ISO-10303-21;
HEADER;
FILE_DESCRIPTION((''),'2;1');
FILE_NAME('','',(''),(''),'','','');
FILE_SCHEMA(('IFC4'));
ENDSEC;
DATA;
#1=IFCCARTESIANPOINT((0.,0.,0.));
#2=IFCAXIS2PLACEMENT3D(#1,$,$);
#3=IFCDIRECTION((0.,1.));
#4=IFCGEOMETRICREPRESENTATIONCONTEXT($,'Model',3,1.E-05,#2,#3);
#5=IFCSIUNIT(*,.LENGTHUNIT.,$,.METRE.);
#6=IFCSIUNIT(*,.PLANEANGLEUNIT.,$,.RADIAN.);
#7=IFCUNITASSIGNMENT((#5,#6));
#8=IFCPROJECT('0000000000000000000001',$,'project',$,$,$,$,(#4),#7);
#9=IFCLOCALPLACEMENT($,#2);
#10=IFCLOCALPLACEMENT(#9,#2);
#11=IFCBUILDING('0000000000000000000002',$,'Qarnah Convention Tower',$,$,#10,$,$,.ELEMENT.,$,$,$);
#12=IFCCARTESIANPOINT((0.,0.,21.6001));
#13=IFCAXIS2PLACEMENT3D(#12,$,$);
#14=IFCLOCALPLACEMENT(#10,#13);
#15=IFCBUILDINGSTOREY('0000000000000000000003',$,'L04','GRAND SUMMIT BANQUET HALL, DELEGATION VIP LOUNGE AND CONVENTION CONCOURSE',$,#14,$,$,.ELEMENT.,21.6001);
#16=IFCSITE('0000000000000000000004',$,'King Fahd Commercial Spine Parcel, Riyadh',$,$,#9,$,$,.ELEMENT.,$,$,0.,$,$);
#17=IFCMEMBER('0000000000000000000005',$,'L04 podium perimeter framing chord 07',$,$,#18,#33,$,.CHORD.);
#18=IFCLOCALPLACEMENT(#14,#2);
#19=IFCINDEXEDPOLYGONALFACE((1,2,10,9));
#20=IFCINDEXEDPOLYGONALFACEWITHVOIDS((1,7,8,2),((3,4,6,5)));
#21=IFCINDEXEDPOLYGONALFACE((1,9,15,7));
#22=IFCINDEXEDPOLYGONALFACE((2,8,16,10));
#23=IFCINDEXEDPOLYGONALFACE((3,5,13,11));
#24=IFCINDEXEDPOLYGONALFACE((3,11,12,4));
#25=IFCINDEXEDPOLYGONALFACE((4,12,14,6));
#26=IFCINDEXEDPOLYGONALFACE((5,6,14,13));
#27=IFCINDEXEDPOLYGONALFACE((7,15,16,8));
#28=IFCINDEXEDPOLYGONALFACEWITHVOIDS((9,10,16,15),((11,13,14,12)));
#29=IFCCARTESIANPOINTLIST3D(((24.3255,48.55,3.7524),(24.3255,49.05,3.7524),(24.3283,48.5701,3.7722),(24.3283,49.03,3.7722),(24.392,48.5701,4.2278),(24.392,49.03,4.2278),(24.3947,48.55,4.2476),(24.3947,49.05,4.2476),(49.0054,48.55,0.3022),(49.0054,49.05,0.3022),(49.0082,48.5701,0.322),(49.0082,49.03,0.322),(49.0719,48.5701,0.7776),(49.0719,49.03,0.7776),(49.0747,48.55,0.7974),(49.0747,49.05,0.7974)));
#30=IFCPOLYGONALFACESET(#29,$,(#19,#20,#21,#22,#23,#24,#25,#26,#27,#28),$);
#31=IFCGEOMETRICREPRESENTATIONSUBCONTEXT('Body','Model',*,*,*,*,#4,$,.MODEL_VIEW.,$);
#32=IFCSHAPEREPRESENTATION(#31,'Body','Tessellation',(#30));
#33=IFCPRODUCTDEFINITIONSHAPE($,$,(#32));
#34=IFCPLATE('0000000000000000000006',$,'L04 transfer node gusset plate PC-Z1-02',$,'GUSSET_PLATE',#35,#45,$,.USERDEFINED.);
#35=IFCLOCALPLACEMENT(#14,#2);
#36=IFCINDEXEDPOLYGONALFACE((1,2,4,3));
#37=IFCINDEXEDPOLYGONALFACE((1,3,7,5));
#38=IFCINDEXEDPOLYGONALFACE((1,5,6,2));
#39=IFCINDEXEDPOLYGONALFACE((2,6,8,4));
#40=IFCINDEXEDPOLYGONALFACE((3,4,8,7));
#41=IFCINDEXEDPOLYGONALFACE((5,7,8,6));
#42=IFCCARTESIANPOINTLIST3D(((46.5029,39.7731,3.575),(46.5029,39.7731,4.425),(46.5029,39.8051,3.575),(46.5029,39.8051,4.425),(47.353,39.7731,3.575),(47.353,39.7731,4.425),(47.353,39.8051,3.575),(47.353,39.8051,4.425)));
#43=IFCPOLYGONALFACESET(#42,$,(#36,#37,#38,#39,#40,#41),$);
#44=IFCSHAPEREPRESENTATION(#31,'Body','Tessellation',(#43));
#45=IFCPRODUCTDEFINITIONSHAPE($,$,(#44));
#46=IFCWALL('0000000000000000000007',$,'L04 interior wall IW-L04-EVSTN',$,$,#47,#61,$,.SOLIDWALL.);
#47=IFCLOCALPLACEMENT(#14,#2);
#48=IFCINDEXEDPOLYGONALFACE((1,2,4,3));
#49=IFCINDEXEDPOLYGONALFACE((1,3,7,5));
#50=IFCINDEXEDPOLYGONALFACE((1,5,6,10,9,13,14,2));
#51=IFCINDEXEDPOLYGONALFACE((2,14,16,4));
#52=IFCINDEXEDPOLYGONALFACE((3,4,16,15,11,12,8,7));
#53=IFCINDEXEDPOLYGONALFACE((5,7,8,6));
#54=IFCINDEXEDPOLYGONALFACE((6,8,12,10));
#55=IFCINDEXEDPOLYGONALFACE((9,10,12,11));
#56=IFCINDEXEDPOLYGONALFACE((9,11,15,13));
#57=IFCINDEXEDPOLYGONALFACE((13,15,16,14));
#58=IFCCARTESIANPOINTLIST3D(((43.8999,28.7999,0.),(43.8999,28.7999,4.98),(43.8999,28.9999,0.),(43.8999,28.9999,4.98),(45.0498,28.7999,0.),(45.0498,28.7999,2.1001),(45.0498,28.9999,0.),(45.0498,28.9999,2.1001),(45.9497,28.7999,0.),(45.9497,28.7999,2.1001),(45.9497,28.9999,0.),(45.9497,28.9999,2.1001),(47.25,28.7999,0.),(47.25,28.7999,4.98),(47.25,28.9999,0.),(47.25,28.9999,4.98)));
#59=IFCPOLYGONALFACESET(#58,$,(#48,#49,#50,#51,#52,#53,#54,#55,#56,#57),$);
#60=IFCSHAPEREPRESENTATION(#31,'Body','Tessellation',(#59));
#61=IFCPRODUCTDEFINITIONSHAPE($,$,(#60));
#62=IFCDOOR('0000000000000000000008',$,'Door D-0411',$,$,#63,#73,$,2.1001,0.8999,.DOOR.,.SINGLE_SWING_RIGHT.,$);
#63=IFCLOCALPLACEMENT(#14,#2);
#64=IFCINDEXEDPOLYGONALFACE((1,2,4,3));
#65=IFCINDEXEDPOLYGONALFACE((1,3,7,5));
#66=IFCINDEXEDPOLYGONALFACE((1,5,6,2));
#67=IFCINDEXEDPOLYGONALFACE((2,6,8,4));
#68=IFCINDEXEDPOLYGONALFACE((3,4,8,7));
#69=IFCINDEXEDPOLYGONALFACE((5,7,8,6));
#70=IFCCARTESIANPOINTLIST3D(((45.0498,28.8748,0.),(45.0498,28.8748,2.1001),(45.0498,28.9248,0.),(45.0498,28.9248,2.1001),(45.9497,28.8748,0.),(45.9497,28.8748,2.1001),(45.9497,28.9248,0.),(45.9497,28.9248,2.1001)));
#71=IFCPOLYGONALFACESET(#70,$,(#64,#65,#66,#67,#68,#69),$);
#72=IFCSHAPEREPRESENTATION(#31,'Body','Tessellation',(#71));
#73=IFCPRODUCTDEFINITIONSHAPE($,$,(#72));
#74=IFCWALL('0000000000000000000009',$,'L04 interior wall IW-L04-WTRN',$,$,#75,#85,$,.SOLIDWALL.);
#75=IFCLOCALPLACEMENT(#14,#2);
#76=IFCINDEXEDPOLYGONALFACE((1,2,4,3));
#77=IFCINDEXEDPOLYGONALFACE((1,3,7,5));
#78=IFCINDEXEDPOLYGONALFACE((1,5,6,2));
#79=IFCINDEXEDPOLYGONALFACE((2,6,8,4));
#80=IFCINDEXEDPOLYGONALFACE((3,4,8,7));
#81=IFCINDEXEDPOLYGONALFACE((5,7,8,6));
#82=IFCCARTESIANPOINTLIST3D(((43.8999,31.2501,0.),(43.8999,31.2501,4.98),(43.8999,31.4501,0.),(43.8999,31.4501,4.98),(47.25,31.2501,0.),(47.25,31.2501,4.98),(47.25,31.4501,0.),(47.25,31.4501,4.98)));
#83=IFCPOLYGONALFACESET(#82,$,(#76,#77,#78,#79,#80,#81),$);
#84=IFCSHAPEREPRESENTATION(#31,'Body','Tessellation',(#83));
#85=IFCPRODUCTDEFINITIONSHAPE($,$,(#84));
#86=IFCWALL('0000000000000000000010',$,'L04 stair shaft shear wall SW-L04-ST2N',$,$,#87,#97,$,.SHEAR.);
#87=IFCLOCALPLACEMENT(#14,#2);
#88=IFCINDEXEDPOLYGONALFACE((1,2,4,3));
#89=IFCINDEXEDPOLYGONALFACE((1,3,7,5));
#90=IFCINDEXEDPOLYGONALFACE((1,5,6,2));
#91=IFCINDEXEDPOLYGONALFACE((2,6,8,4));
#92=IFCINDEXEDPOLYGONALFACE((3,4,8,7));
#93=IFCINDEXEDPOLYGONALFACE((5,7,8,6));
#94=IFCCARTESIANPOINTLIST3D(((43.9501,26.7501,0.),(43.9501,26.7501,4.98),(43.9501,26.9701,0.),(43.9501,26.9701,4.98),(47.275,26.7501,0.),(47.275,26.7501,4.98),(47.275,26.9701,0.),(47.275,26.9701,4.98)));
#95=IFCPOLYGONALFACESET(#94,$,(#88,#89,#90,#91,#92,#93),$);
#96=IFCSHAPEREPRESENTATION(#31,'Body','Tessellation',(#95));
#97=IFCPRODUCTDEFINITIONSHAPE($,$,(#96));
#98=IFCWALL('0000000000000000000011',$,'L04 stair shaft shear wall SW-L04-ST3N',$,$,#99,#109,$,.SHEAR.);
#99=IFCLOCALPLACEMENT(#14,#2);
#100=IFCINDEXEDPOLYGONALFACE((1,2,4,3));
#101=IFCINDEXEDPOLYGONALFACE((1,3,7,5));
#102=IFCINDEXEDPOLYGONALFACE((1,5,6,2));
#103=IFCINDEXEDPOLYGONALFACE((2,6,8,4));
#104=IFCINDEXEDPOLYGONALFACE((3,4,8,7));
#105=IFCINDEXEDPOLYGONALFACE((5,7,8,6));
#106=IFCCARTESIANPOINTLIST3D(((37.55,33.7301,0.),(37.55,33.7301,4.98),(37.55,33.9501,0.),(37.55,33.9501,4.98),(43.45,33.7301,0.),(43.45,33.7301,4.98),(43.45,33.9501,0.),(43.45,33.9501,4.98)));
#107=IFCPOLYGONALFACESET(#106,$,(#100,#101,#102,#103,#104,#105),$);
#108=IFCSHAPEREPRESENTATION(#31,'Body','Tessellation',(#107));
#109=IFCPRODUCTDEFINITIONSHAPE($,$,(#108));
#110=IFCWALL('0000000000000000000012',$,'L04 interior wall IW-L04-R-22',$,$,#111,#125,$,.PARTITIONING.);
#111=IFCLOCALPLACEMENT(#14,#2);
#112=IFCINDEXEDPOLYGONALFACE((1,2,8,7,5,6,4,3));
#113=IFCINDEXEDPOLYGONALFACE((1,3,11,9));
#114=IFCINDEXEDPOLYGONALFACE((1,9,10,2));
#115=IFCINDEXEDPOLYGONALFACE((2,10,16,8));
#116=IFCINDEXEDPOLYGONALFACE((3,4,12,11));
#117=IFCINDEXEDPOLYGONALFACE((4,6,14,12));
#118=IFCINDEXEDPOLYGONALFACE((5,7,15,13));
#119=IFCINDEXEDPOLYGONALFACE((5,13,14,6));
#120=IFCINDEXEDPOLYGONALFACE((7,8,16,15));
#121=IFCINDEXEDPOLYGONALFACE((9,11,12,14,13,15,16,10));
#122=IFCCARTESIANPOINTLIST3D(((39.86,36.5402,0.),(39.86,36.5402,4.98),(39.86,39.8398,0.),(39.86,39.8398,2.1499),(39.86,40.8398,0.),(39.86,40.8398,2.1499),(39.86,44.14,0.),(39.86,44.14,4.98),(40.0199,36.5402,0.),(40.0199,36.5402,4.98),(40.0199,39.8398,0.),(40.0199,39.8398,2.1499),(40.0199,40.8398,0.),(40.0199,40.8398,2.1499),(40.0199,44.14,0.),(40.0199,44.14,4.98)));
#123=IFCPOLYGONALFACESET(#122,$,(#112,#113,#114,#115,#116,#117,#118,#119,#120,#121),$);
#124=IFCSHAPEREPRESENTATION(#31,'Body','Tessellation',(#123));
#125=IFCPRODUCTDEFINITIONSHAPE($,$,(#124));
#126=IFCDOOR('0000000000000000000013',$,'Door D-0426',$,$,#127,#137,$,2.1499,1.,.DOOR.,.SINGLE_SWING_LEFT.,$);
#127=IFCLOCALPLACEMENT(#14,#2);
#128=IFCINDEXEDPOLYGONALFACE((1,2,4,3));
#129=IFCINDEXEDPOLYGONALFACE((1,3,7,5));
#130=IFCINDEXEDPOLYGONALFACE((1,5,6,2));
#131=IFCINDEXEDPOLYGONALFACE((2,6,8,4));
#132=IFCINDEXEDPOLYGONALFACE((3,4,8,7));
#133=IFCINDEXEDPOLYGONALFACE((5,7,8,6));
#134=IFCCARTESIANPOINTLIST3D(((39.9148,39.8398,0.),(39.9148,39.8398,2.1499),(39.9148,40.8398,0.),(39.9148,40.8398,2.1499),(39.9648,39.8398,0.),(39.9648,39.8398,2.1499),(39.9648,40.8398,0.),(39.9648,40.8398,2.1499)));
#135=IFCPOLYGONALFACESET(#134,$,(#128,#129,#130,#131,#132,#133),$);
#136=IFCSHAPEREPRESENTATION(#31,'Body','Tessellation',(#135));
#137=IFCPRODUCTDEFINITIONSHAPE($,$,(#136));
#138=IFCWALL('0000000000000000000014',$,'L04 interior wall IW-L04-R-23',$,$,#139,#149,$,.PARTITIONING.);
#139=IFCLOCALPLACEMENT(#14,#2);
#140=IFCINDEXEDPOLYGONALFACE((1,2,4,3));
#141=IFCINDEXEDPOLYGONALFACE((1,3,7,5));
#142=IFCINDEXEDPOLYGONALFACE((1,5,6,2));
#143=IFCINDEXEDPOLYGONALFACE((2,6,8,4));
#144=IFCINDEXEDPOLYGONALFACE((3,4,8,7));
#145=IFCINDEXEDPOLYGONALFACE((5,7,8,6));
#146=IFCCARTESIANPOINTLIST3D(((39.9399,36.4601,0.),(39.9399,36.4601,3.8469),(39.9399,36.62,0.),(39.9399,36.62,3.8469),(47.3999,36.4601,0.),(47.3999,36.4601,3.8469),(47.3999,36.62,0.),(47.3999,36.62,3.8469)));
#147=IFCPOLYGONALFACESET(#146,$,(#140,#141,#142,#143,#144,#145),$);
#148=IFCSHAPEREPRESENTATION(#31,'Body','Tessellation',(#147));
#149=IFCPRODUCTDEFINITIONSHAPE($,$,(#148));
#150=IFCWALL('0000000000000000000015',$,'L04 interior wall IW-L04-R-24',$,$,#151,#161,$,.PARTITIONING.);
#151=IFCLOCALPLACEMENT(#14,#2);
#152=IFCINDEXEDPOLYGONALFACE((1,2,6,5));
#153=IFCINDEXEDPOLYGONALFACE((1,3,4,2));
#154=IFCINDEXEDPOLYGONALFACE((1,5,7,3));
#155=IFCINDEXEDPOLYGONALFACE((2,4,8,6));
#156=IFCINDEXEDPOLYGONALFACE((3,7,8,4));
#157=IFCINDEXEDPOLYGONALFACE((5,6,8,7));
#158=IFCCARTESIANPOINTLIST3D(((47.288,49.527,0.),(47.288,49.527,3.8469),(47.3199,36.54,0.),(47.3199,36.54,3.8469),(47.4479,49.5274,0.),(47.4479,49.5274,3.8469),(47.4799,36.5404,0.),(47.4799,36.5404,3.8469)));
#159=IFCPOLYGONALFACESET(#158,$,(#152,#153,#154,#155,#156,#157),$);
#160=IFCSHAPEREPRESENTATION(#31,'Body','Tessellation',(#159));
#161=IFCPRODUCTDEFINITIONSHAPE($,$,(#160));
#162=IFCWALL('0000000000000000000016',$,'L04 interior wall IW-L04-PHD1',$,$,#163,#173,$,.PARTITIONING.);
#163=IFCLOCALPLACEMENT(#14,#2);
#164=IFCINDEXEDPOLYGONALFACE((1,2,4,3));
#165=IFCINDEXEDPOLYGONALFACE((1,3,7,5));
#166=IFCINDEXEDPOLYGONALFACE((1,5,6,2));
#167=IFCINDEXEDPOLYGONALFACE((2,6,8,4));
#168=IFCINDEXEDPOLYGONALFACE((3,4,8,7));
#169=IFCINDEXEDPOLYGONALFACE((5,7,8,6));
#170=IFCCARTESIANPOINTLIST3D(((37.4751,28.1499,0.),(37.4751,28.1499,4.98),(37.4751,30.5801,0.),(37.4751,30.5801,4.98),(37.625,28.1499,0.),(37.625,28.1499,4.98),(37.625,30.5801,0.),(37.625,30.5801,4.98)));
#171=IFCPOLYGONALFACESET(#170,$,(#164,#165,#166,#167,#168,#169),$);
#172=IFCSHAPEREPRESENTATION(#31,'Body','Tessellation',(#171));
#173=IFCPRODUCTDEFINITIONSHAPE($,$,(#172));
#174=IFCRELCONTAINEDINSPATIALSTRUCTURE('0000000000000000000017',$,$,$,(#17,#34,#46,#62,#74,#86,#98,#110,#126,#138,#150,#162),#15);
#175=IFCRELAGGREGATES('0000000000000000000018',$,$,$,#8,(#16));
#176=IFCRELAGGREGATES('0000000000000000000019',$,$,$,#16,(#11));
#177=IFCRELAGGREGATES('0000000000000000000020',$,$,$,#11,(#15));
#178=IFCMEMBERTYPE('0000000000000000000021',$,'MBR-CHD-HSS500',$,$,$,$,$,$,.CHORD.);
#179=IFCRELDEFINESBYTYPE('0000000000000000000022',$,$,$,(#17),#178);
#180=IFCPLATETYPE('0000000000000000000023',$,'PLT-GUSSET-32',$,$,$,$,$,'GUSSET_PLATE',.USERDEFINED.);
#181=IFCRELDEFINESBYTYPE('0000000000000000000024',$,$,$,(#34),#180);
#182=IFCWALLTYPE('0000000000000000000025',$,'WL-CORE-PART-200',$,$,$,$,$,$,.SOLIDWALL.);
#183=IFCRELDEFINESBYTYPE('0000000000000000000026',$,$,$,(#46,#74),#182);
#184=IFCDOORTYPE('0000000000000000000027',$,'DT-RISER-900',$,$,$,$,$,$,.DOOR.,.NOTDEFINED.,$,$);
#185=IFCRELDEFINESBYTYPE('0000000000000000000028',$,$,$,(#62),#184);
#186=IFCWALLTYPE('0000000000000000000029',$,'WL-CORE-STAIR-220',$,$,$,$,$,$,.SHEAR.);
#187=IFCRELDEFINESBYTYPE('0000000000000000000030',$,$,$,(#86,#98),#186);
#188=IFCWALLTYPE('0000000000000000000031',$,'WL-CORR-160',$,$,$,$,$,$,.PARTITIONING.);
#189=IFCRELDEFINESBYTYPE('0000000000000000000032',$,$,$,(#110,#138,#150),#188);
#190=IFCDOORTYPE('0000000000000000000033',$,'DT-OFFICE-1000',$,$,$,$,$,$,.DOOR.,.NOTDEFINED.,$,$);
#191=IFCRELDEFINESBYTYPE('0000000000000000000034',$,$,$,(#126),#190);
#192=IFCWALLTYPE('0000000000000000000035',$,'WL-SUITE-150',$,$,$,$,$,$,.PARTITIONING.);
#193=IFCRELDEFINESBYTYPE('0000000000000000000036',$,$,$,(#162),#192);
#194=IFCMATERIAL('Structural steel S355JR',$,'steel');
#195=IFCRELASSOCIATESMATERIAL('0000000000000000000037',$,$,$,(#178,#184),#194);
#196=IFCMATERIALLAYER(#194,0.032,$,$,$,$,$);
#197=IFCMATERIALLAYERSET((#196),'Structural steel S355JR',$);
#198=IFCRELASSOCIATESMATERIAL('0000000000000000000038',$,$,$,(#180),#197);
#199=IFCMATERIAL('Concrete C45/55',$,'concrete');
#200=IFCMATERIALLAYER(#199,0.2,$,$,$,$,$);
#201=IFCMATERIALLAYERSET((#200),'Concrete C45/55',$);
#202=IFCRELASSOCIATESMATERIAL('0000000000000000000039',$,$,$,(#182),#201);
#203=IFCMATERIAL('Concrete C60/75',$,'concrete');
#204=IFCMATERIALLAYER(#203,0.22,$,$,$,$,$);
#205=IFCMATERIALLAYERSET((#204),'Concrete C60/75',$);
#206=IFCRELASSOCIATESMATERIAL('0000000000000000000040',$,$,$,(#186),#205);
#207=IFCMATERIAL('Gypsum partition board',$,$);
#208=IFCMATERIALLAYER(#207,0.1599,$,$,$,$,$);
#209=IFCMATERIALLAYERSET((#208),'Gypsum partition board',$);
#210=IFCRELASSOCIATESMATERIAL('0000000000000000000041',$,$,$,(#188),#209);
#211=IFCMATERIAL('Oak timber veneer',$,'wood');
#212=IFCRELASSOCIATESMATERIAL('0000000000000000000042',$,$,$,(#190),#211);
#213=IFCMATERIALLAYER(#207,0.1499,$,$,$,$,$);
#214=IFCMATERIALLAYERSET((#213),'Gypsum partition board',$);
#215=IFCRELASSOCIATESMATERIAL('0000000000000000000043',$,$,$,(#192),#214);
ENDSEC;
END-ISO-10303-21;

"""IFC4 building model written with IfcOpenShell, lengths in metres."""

from ifc_helpers import new_model, si_unit, direction, frame, frame_2d, origin, origin_2d, place, context, subcontext, project, spatial, rectangle, hollow_rectangle, extrude, material, layer, layer_set, material_profile, profile_set, type_object, element, fill, save


model = new_model("IFC4")

# Units and contexts
model_context = context("Model", 3, precision=1e-05, world=origin(), true_north=direction((0.0, 1.0)))
body_context = subcontext(model_context, "Body", "Model", "MODEL_VIEW")
ifc_project = project(units=[si_unit("LENGTHUNIT", "METRE"), si_unit("PLANEANGLEUNIT", "RADIAN")], contexts=[model_context])

# Site, building, storey
site_placement = place(None, origin())
site = spatial("IfcSite", under=ifc_project, at=site_placement, Name="King Fahd Commercial Spine Parcel, Riyadh", CompositionType="ELEMENT", RefElevation=0.0)
building_placement = place(site_placement, origin())
building = spatial("IfcBuilding", under=site, at=building_placement, Name="Qarnah Convention Tower", CompositionType="ELEMENT")
storey_placement = place(building_placement, frame((0.0, 0.0, 21.6001)))
storey = spatial("IfcBuildingStorey", under=building, at=storey_placement, Name="L04", Description="GRAND SUMMIT BANQUET HALL, DELEGATION VIP LOUNGE AND CONVENTION CONCOURSE", CompositionType="ELEMENT", Elevation=21.6001)

# Shared definitions
ifc_material_1 = material(Name="Structural steel S355JR", Category="steel")

# Member
ifc_material_profile_1 = material_profile(ifc_material_1, hollow_rectangle(XDim=0.5, YDim=0.5, WallThickness=0.02, at=origin_2d()), Name="HSS500X500X20")
ifc_profile_set_1 = profile_set([ifc_material_profile_1], Name="Structural steel S355JR")
member_type_1 = type_object("IfcMemberType", Name="MBR-CHD-HSS500", PredefinedType="CHORD", material=ifc_profile_set_1)
member_1_placement = place(storey_placement, frame((49.04, 48.8, 0.5498), z_axis=(-0.990369, 0.0, 0.138451), x_axis=(0.0, -1.0, 0.0)))
element("IfcMember", 1, at=member_1_placement, inside=storey, type_object=member_type_1, Name="L04 podium perimeter framing chord 07", PredefinedType="CHORD", context=body_context, shape_type="SweptSolid", body=[
    extrude(hollow_rectangle(XDim=0.5, YDim=0.5, WallThickness=0.02, at=origin_2d()), origin(), (0.0, 0.0, 1.0), 24.9199),
])

# Plate
ifc_layer_1 = layer(ifc_material_1, 0.032)
ifc_layer_set_1 = layer_set([ifc_layer_1], Name="Structural steel S355JR")
plate_type = type_object("IfcPlateType", Name="PLT-GUSSET-32", ElementType="GUSSET_PLATE", PredefinedType="USERDEFINED", material=ifc_layer_set_1)
plate_placement = place(storey_placement, frame((46.928, 39.7891, 3.575), z_axis=(0.0, 0.0, 1.0), x_axis=(1.0, 0.0, 0.0)))
element("IfcPlate", 2, at=plate_placement, inside=storey, type_object=plate_type, Name="L04 transfer node gusset plate PC-Z1-02", ObjectType="GUSSET_PLATE", PredefinedType="USERDEFINED", context=body_context, shape_type="SweptSolid", body=[
    extrude(rectangle(XDim=0.8501, YDim=0.032, at=origin_2d()), origin(), (0.0, 0.0, 1.0), 0.8501),
])

# Wall, opening, door
ifc_material_2 = material(Name="Concrete C45/55", Category="concrete")
ifc_layer_2 = layer(ifc_material_2, 0.2)
ifc_layer_set_2 = layer_set([ifc_layer_2], Name="Concrete C45/55")
wall_type_1 = type_object("IfcWallType", Name="WL-CORE-PART-200", PredefinedType="SOLIDWALL", material=ifc_layer_set_2)
wall_1_placement = place(storey_placement, frame((43.8999, 28.8999, 0.0), z_axis=(0.0, 0.0, 1.0), x_axis=(1.0, 0.0, 0.0)))
wall_1 = element("IfcWall", 3, at=wall_1_placement, inside=storey, type_object=wall_type_1, Name="L04 interior wall IW-L04-EVSTN", PredefinedType="SOLIDWALL", context=body_context, shape_type="SweptSolid", body=[
    extrude(rectangle(XDim=3.3501, YDim=0.2, at=frame_2d((1.675, 0.0))), origin(), (0.0, 0.0, 1.0), 4.98),
])
opening_1_placement = place(wall_1_placement, frame((1.1499, 0.0, 0.0)))
opening_1 = element("IfcOpeningElement", 4, at=opening_1_placement, cuts=wall_1, PredefinedType="OPENING", context=body_context, shape_type="SweptSolid", body=[
    extrude(rectangle(XDim=0.8999, YDim=2.1001, at=frame_2d((0.45, 1.05))), frame((0.0, 0.1099, 0.0), z_axis=(0.0, -1.0, 0.0), x_axis=(1.0, 0.0, 0.0)), (0.0, 0.0, 1.0), 0.22),
])
door_type_1 = type_object("IfcDoorType", Name="DT-RISER-900", OperationType="NOTDEFINED", PredefinedType="DOOR", material=ifc_material_1)
door_1_placement = place(opening_1_placement, origin())
door_1 = element("IfcDoor", 5, at=door_1_placement, inside=storey, type_object=door_type_1, Name="Door D-0411", OperationType="SINGLE_SWING_RIGHT", OverallHeight=2.1001, OverallWidth=0.8999, PredefinedType="DOOR", context=body_context, shape_type="SweptSolid", body=[
    extrude(rectangle(XDim=0.8999, YDim=2.1001, at=frame_2d((0.45, 1.05))), frame((0.0, 0.0249, 0.0), z_axis=(0.0, -1.0, 0.0), x_axis=(1.0, 0.0, 0.0)), (0.0, 0.0, 1.0), 0.05),
])
fill(opening_1, door_1)

# Walls
wall_2_placement = place(storey_placement, frame((43.8999, 31.3501, 0.0), z_axis=(0.0, 0.0, 1.0), x_axis=(1.0, 0.0, 0.0)))
element("IfcWall", 6, at=wall_2_placement, inside=storey, type_object=wall_type_1, Name="L04 interior wall IW-L04-WTRN", PredefinedType="SOLIDWALL", context=body_context, shape_type="SweptSolid", body=[
    extrude(rectangle(XDim=3.3501, YDim=0.2, at=frame_2d((1.675, 0.0))), origin(), (0.0, 0.0, 1.0), 4.98),
])
ifc_material_3 = material(Name="Concrete C60/75", Category="concrete")
ifc_layer_3 = layer(ifc_material_3, 0.22)
ifc_layer_set_3 = layer_set([ifc_layer_3], Name="Concrete C60/75")
wall_type_2 = type_object("IfcWallType", Name="WL-CORE-STAIR-220", PredefinedType="SHEAR", material=ifc_layer_set_3)
wall_3_placement = place(storey_placement, frame((43.95, 26.8601, 0.0), z_axis=(0.0, 0.0, 1.0), x_axis=(1.0, 0.0, 0.0)))
element("IfcWall", 7, at=wall_3_placement, inside=storey, type_object=wall_type_2, Name="L04 stair shaft shear wall SW-L04-ST2N", PredefinedType="SHEAR", context=body_context, shape_type="SweptSolid", body=[
    extrude(rectangle(XDim=3.325, YDim=0.22, at=frame_2d((1.6626, 0.0))), origin(), (0.0, 0.0, 1.0), 4.98),
])
wall_4_placement = place(storey_placement, frame((37.55, 33.8401, 0.0), z_axis=(0.0, 0.0, 1.0), x_axis=(1.0, 0.0, 0.0)))
element("IfcWall", 8, at=wall_4_placement, inside=storey, type_object=wall_type_2, Name="L04 stair shaft shear wall SW-L04-ST3N", PredefinedType="SHEAR", context=body_context, shape_type="SweptSolid", body=[
    extrude(rectangle(XDim=5.8999, YDim=0.22, at=frame_2d((2.95, 0.0))), origin(), (0.0, 0.0, 1.0), 4.98),
])

# Wall, opening, door
ifc_material_4 = material(Name="Gypsum partition board")
ifc_layer_4 = layer(ifc_material_4, 0.1599)
ifc_layer_set_4 = layer_set([ifc_layer_4], Name="Gypsum partition board")
wall_type_3 = type_object("IfcWallType", Name="WL-CORR-160", PredefinedType="PARTITIONING", material=ifc_layer_set_4)
wall_5_placement = place(storey_placement, frame((39.9399, 44.1399, 0.0), z_axis=(0.0, 0.0, 1.0), x_axis=(0.0, -1.0, 0.0)))
wall_5 = element("IfcWall", 9, at=wall_5_placement, inside=storey, type_object=wall_type_3, Name="L04 interior wall IW-L04-R-22", PredefinedType="PARTITIONING", context=body_context, shape_type="SweptSolid", body=[
    extrude(rectangle(XDim=7.5999, YDim=0.1599, at=frame_2d((3.7998, 0.0))), origin(), (0.0, 0.0, 1.0), 4.98),
])
opening_2_placement = place(wall_5_placement, frame((3.3, 0.0, 0.0)))
opening_2 = element("IfcOpeningElement", 10, at=opening_2_placement, cuts=wall_5, PredefinedType="OPENING", context=body_context, shape_type="SweptSolid", body=[
    extrude(rectangle(XDim=1.0, YDim=2.1499, at=frame_2d((0.5, 1.075))), frame((0.0, 0.0898, 0.0), z_axis=(0.0, -1.0, 0.0), x_axis=(1.0, 0.0, 0.0)), (0.0, 0.0, 1.0), 0.1799),
])
ifc_material_5 = material(Name="Oak timber veneer", Category="wood")
door_type_2 = type_object("IfcDoorType", Name="DT-OFFICE-1000", OperationType="NOTDEFINED", PredefinedType="DOOR", material=ifc_material_5)
door_2_placement = place(opening_2_placement, origin())
door_2 = element("IfcDoor", 11, at=door_2_placement, inside=storey, type_object=door_type_2, Name="Door D-0426", OperationType="SINGLE_SWING_LEFT", OverallHeight=2.1499, OverallWidth=1.0, PredefinedType="DOOR", context=body_context, shape_type="SweptSolid", body=[
    extrude(rectangle(XDim=1.0, YDim=2.1499, at=frame_2d((0.5, 1.075))), frame((0.0, 0.0249, 0.0), z_axis=(0.0, -1.0, 0.0), x_axis=(1.0, 0.0, 0.0)), (0.0, 0.0, 1.0), 0.05),
])
fill(opening_2, door_2)

# Walls
wall_6_placement = place(storey_placement, frame((39.9399, 36.54, 0.0), z_axis=(0.0, 0.0, 1.0), x_axis=(1.0, 0.0, 0.0)))
element("IfcWall", 12, at=wall_6_placement, inside=storey, type_object=wall_type_3, Name="L04 interior wall IW-L04-R-23", PredefinedType="PARTITIONING", context=body_context, shape_type="SweptSolid", body=[
    extrude(rectangle(XDim=7.46, YDim=0.1599, at=frame_2d((3.73, 0.0))), origin(), (0.0, 0.0, 1.0), 3.8469),
])
wall_7_placement = place(storey_placement, frame((47.3999, 36.54, 0.0), z_axis=(0.0, 0.0, 1.0), x_axis=(-0.002463, 0.999997, 0.0)))
element("IfcWall", 13, at=wall_7_placement, inside=storey, type_object=wall_type_3, Name="L04 interior wall IW-L04-R-24", PredefinedType="PARTITIONING", context=body_context, shape_type="SweptSolid", body=[
    extrude(rectangle(XDim=12.9871, YDim=0.1599, at=frame_2d((6.4937, 0.0))), origin(), (0.0, 0.0, 1.0), 3.8469),
])
ifc_layer_5 = layer(ifc_material_4, 0.1499)
ifc_layer_set_5 = layer_set([ifc_layer_5], Name="Gypsum partition board")
wall_type_4 = type_object("IfcWallType", Name="WL-SUITE-150", PredefinedType="PARTITIONING", material=ifc_layer_set_5)
for number, where, z_axis, x_axis, name in (
    (14, (37.55, 28.1499, 0.0), (0.0, 0.0, 1.0), (0.0, 1.0, 0.0), "L04 interior wall IW-L04-PHD1"),
):
    element("IfcWall", number, at=place(storey_placement, frame(where, z_axis=z_axis, x_axis=x_axis)), inside=storey, type_object=wall_type_4, Name=name, PredefinedType="PARTITIONING", context=body_context, shape_type="SweptSolid", body=[
        extrude(rectangle(XDim=2.4302, YDim=0.1499, at=frame_2d((1.2151, 0.0))), origin(), (0.0, 0.0, 1.0), 4.98),
    ])

save(model, "model.ifc")
